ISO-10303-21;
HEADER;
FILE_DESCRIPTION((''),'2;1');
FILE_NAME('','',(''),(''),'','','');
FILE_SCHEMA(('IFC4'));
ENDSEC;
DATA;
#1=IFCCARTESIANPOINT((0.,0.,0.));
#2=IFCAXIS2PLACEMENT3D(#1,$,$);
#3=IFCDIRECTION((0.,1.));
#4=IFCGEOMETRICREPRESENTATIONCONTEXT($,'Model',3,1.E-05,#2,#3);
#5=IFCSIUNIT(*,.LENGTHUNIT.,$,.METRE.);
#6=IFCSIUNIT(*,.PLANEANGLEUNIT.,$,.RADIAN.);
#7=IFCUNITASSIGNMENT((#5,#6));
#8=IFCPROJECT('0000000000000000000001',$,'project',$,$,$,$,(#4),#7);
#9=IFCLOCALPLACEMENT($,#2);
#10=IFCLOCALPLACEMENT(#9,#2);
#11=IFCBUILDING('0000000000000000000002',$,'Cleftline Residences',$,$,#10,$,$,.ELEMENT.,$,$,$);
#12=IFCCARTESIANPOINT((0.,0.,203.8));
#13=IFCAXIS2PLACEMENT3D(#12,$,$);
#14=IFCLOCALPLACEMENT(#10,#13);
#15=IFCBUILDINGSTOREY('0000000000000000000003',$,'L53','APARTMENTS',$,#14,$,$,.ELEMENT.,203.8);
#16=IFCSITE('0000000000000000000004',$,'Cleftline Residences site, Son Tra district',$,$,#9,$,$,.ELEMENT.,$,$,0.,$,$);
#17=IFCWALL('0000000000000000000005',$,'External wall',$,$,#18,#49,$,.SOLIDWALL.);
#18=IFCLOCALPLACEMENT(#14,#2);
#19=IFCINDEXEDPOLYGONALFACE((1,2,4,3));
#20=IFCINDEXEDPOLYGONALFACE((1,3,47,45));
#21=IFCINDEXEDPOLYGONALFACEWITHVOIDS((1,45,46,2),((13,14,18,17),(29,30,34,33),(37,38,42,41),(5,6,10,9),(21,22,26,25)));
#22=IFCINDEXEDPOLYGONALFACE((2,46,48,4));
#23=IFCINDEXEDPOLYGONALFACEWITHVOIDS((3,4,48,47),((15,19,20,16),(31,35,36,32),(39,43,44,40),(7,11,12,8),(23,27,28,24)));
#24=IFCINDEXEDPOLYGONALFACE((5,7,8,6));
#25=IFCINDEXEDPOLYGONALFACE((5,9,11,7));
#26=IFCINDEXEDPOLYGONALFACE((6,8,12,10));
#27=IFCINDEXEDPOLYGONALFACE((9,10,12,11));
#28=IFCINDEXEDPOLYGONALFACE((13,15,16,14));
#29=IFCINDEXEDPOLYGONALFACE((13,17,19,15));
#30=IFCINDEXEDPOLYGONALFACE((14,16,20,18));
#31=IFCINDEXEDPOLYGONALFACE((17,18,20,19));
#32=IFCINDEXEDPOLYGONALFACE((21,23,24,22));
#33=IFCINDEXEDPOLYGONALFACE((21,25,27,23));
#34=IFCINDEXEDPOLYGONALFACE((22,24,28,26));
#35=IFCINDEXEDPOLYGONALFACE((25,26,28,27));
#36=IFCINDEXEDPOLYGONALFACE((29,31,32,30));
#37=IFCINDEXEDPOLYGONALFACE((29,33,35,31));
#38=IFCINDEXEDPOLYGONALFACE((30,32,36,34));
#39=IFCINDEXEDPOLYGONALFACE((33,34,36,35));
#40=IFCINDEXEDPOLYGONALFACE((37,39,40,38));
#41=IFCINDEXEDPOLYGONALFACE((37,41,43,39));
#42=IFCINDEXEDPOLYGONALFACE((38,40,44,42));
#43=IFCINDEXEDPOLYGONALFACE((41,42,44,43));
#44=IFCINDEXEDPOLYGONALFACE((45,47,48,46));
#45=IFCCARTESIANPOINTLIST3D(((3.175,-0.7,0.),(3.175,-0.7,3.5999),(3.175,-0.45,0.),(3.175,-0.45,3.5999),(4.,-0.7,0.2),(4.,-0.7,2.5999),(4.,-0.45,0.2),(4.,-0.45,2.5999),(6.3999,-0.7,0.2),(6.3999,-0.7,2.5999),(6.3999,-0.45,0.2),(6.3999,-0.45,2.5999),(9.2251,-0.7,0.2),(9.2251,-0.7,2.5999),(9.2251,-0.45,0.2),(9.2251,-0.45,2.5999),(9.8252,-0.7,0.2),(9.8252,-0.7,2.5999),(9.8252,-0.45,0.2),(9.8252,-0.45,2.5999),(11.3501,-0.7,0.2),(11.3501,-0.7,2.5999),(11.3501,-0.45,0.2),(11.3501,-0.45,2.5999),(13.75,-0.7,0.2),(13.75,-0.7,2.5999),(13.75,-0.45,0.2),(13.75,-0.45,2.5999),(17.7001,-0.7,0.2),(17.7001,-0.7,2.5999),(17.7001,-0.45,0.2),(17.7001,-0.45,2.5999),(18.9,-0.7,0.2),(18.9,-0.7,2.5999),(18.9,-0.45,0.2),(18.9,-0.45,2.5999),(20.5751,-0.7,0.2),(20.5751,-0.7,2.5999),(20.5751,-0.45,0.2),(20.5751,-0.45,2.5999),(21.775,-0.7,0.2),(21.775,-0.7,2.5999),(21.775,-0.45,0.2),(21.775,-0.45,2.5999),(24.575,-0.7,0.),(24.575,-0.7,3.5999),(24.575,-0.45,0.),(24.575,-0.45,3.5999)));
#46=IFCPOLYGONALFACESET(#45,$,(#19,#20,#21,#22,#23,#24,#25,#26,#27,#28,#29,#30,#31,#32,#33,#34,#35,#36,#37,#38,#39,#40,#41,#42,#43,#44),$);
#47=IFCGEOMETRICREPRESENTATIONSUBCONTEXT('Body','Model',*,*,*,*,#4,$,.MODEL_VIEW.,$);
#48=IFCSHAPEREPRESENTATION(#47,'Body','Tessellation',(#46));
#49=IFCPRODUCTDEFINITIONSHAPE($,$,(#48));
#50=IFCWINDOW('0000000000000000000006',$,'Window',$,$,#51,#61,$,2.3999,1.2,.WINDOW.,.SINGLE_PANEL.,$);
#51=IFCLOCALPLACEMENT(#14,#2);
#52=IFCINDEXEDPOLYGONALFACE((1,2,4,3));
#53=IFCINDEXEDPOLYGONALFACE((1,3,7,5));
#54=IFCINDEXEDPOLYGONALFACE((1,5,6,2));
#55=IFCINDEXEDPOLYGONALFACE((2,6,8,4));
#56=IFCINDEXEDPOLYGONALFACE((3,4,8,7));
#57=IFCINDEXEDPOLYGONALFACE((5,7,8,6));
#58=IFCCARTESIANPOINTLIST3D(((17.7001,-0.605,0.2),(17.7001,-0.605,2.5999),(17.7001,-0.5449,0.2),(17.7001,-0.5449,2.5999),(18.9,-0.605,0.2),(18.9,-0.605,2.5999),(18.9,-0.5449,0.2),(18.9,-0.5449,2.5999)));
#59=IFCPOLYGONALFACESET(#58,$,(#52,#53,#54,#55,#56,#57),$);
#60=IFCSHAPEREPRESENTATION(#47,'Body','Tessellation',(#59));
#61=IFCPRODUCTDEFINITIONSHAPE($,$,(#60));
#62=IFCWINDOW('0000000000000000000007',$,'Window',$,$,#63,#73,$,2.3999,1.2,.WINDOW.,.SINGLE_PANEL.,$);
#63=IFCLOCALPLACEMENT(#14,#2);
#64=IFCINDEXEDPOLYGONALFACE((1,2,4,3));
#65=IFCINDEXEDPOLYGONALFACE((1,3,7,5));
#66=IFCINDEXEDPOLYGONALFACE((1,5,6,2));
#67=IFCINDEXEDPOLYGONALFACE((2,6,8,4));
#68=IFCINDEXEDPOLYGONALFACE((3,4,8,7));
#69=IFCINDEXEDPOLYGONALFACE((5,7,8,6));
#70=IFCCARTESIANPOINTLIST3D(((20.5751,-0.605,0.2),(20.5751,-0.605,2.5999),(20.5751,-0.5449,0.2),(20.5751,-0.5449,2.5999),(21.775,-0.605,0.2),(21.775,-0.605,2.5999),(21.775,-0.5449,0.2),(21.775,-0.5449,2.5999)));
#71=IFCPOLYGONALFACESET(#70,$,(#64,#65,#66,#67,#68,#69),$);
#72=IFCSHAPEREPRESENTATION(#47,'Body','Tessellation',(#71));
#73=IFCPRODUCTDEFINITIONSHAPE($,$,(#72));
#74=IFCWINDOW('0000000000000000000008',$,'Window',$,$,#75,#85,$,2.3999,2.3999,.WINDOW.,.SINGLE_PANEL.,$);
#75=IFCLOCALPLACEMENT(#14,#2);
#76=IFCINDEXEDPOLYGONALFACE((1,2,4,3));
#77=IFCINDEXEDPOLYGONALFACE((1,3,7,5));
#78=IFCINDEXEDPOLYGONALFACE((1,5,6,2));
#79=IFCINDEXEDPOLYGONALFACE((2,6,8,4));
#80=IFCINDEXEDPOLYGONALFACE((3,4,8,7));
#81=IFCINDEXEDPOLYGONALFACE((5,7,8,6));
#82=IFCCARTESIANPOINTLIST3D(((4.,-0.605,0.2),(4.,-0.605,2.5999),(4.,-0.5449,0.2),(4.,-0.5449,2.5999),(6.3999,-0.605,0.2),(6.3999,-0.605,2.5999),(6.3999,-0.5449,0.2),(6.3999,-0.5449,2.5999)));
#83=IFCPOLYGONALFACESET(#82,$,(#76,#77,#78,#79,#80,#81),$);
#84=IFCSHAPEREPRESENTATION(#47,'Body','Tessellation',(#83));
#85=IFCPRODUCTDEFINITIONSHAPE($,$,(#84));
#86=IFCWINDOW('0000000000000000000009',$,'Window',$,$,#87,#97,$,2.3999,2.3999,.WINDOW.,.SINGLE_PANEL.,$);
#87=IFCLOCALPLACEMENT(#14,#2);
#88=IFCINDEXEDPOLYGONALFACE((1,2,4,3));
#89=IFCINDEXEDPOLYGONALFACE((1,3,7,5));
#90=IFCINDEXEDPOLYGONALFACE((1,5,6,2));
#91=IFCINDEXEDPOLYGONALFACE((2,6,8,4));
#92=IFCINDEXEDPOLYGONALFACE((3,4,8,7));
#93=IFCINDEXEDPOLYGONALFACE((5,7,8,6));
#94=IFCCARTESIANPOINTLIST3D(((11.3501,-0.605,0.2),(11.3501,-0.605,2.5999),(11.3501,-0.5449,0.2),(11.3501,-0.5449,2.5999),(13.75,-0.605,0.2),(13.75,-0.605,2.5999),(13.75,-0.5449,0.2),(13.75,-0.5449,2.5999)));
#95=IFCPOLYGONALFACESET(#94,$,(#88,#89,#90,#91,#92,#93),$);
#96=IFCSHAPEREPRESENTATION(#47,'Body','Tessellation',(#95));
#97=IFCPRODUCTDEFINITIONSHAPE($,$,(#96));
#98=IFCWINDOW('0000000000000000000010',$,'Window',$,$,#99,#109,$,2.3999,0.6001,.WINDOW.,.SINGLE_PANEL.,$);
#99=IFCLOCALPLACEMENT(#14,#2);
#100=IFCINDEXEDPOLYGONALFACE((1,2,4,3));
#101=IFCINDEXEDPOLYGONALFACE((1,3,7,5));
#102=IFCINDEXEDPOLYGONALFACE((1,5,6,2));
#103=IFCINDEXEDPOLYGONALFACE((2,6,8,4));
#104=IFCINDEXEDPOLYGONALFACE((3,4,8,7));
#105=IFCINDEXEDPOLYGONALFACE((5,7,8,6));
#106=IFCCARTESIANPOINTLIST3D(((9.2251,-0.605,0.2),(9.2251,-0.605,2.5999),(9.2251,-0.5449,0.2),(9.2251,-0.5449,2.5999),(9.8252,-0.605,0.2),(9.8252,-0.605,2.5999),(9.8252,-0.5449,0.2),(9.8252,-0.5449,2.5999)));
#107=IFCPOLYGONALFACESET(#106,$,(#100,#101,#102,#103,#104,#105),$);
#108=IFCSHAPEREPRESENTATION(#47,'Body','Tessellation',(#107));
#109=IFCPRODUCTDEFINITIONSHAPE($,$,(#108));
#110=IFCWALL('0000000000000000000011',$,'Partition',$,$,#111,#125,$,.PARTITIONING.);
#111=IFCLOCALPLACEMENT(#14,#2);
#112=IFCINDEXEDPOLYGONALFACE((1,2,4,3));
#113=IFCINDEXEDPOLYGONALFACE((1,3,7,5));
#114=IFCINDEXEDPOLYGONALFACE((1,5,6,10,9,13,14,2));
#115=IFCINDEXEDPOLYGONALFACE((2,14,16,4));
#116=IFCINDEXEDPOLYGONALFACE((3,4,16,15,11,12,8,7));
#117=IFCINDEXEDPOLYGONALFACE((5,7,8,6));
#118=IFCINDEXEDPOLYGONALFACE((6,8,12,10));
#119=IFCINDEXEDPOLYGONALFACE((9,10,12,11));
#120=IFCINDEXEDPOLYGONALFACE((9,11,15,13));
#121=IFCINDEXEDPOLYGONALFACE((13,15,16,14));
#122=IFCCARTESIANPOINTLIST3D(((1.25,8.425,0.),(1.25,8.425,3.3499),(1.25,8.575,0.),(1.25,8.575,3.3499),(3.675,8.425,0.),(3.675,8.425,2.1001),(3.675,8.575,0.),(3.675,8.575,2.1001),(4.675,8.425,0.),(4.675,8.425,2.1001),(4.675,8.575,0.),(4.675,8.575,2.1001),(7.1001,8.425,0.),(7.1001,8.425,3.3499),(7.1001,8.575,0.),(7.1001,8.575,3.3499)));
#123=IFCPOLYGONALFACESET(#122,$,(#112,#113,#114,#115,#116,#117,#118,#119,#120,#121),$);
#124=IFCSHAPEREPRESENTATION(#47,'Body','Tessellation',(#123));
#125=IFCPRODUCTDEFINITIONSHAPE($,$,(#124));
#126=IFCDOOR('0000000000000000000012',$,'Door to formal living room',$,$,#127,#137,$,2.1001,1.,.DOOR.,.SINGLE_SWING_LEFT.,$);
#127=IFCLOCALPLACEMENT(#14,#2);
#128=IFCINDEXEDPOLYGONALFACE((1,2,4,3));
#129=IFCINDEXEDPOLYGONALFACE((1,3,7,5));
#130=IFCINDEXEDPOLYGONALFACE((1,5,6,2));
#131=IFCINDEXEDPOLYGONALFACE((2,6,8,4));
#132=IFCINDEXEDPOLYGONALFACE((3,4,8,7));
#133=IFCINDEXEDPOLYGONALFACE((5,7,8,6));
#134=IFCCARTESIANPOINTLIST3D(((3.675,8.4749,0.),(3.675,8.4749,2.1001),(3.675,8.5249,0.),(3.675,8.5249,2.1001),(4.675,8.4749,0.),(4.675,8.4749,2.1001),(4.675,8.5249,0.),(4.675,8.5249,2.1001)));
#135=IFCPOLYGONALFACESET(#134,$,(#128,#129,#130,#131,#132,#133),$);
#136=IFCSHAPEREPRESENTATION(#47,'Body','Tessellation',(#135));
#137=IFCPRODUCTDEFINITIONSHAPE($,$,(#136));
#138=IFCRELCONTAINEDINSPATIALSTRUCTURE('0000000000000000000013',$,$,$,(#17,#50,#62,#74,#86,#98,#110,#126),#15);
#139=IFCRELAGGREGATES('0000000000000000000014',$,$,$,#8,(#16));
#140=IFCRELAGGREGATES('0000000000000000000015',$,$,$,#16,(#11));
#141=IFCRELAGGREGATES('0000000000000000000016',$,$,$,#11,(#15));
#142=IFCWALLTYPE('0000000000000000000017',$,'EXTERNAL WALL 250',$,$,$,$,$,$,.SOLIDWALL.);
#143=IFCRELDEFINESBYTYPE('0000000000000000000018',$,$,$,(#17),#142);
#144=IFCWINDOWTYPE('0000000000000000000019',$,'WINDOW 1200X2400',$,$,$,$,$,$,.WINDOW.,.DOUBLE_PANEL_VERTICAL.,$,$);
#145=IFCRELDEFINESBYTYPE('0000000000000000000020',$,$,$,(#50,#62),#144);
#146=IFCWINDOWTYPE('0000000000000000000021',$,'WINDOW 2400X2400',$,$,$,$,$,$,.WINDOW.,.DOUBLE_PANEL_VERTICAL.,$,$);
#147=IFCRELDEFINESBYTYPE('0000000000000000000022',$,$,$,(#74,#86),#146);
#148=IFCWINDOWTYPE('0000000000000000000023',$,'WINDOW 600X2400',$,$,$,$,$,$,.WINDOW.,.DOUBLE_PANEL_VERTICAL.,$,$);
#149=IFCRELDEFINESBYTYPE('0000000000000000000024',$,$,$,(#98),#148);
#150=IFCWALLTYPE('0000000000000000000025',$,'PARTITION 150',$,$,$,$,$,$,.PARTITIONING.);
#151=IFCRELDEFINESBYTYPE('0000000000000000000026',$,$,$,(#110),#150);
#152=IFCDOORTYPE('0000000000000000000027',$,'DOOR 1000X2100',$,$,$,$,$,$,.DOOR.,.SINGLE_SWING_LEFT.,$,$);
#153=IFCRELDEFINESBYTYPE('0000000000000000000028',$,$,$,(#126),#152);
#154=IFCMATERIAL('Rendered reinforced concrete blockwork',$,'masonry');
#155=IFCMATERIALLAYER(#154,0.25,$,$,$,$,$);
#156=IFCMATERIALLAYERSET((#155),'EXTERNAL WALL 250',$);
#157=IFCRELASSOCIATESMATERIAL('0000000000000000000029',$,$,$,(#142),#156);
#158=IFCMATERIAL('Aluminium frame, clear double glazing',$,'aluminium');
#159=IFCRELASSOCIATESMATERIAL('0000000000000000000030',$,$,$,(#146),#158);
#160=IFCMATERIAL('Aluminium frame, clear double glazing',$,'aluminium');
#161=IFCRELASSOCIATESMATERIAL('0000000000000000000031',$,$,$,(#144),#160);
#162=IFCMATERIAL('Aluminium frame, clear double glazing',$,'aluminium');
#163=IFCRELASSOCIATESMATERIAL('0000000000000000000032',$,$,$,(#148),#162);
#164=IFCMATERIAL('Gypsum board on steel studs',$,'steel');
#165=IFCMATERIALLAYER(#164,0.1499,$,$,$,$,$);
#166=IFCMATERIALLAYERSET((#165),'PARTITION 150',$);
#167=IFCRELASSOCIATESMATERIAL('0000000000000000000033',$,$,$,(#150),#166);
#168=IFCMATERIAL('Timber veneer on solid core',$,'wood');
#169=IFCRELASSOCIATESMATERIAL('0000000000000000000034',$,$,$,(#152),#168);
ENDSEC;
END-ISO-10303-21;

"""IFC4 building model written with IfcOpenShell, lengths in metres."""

from ifc_helpers import new_model, si_unit, direction, frame, frame_2d, origin, place, context, subcontext, project, spatial, rectangle, extrude, material, layer, layer_set, type_object, element, fill, save


model = new_model("IFC4")

# Units and contexts
model_context = context("Model", 3, precision=1e-05, world=origin(), true_north=direction((0.0, 1.0)))
body_context = subcontext(model_context, "Body", "Model", "MODEL_VIEW")
ifc_project = project(units=[si_unit("LENGTHUNIT", "METRE"), si_unit("PLANEANGLEUNIT", "RADIAN")], contexts=[model_context])

# Site, building, storey
site_placement = place(None, origin())
site = spatial("IfcSite", under=ifc_project, at=site_placement, Name="Cleftline Residences site, Son Tra district", CompositionType="ELEMENT", RefElevation=0.0)
building_placement = place(site_placement, origin())
building = spatial("IfcBuilding", under=site, at=building_placement, Name="Cleftline Residences", CompositionType="ELEMENT")
storey_placement = place(building_placement, frame((0.0, 0.0, 203.8)))
storey = spatial("IfcBuildingStorey", under=building, at=storey_placement, Name="L53", Description="APARTMENTS", CompositionType="ELEMENT", Elevation=203.8)

# Shared definitions
ifc_material_1 = material(Name="Rendered reinforced concrete blockwork", Category="masonry")
ifc_layer_1 = layer(ifc_material_1, 0.25)
ifc_layer_set_1 = layer_set([ifc_layer_1], Name="EXTERNAL WALL 250")
wall_type_1 = type_object("IfcWallType", Name="EXTERNAL WALL 250", PredefinedType="SOLIDWALL", material=ifc_layer_set_1)
ifc_material_2 = material(Name="Aluminium frame, clear double glazing", Category="aluminium")
window_type_1 = type_object("IfcWindowType", Name="WINDOW 2400X2400", PartitioningType="DOUBLE_PANEL_VERTICAL", PredefinedType="WINDOW", material=ifc_material_2)

# Wall, openings, windows
wall_1_placement = place(storey_placement, frame((3.175, -0.575, 0.0), z_axis=(0.0, 0.0, 1.0), x_axis=(1.0, 0.0, 0.0)))
wall_1 = element("IfcWall", 1, at=wall_1_placement, inside=storey, type_object=wall_type_1, Name="External wall", PredefinedType="SOLIDWALL", context=body_context, shape_type="SweptSolid", body=[
    extrude(rectangle(XDim=21.3999, YDim=0.25, at=frame_2d((10.7, 0.0))), origin(), (0.0, 0.0, 1.0), 3.5999),
])
opening_1_placement = place(wall_1_placement, frame((0.825, 0.0, 0.2)))
opening_1 = element("IfcOpeningElement", 2, at=opening_1_placement, cuts=wall_1, PredefinedType="OPENING", context=body_context, shape_type="SweptSolid", body=[
    extrude(rectangle(XDim=2.3999, YDim=2.3999, at=frame_2d((1.2, 1.2))), frame((0.0, 0.135, 0.0), z_axis=(0.0, -1.0, 0.0), x_axis=(1.0, 0.0, 0.0)), (0.0, 0.0, 1.0), 0.27),
])
opening_2_placement = place(wall_1_placement, frame((6.05, 0.0, 0.2)))
opening_2 = element("IfcOpeningElement", 3, at=opening_2_placement, cuts=wall_1, PredefinedType="OPENING", context=body_context, shape_type="SweptSolid", body=[
    extrude(rectangle(XDim=0.6001, YDim=2.3999, at=frame_2d((0.3, 1.2))), frame((0.0, 0.135, 0.0), z_axis=(0.0, -1.0, 0.0), x_axis=(1.0, 0.0, 0.0)), (0.0, 0.0, 1.0), 0.27),
])
opening_3_placement = place(wall_1_placement, frame((8.175, 0.0, 0.2)))
opening_3 = element("IfcOpeningElement", 4, at=opening_3_placement, cuts=wall_1, PredefinedType="OPENING", context=body_context, shape_type="SweptSolid", body=[
    extrude(rectangle(XDim=2.3999, YDim=2.3999, at=frame_2d((1.2, 1.2))), frame((0.0, 0.135, 0.0), z_axis=(0.0, -1.0, 0.0), x_axis=(1.0, 0.0, 0.0)), (0.0, 0.0, 1.0), 0.27),
])
opening_4_placement = place(wall_1_placement, frame((14.5249, 0.0, 0.2)))
opening_4 = element("IfcOpeningElement", 5, at=opening_4_placement, cuts=wall_1, PredefinedType="OPENING", context=body_context, shape_type="SweptSolid", body=[
    extrude(rectangle(XDim=1.2, YDim=2.3999, at=frame_2d((0.6001, 1.2))), frame((0.0, 0.135, 0.0), z_axis=(0.0, -1.0, 0.0), x_axis=(1.0, 0.0, 0.0)), (0.0, 0.0, 1.0), 0.27),
])
opening_5_placement = place(wall_1_placement, frame((17.3999, 0.0, 0.2)))
opening_5 = element("IfcOpeningElement", 6, at=opening_5_placement, cuts=wall_1, PredefinedType="OPENING", context=body_context, shape_type="SweptSolid", body=[
    extrude(rectangle(XDim=1.2, YDim=2.3999, at=frame_2d((0.6001, 1.2))), frame((0.0, 0.135, 0.0), z_axis=(0.0, -1.0, 0.0), x_axis=(1.0, 0.0, 0.0)), (0.0, 0.0, 1.0), 0.27),
])
ifc_material_3 = material(Name="Aluminium frame, clear double glazing", Category="aluminium")
window_type_2 = type_object("IfcWindowType", Name="WINDOW 1200X2400", PartitioningType="DOUBLE_PANEL_VERTICAL", PredefinedType="WINDOW", material=ifc_material_3)
window_1_placement = place(opening_4_placement, origin())
window_1 = element("IfcWindow", 7, at=window_1_placement, inside=storey, type_object=window_type_2, Name="Window", OverallHeight=2.3999, OverallWidth=1.2, PartitioningType="SINGLE_PANEL", PredefinedType="WINDOW", context=body_context, shape_type="SweptSolid", body=[
    extrude(rectangle(XDim=1.2, YDim=2.3999, at=frame_2d((0.6001, 1.2))), frame((0.0, 0.03, 0.0), z_axis=(0.0, -1.0, 0.0), x_axis=(1.0, 0.0, 0.0)), (0.0, 0.0, 1.0), 0.0601),
])
fill(opening_4, window_1)
window_2_placement = place(opening_5_placement, origin())
window_2 = element("IfcWindow", 8, at=window_2_placement, inside=storey, type_object=window_type_2, Name="Window", OverallHeight=2.3999, OverallWidth=1.2, PartitioningType="SINGLE_PANEL", PredefinedType="WINDOW", context=body_context, shape_type="SweptSolid", body=[
    extrude(rectangle(XDim=1.2, YDim=2.3999, at=frame_2d((0.6001, 1.2))), frame((0.0, 0.03, 0.0), z_axis=(0.0, -1.0, 0.0), x_axis=(1.0, 0.0, 0.0)), (0.0, 0.0, 1.0), 0.0601),
])
fill(opening_5, window_2)
window_3_placement = place(opening_1_placement, origin())
window_3 = element("IfcWindow", 9, at=window_3_placement, inside=storey, type_object=window_type_1, Name="Window", OverallHeight=2.3999, OverallWidth=2.3999, PartitioningType="SINGLE_PANEL", PredefinedType="WINDOW", context=body_context, shape_type="SweptSolid", body=[
    extrude(rectangle(XDim=2.3999, YDim=2.3999, at=frame_2d((1.2, 1.2))), frame((0.0, 0.03, 0.0), z_axis=(0.0, -1.0, 0.0), x_axis=(1.0, 0.0, 0.0)), (0.0, 0.0, 1.0), 0.0601),
])
fill(opening_1, window_3)
window_4_placement = place(opening_3_placement, origin())
window_4 = element("IfcWindow", 10, at=window_4_placement, inside=storey, type_object=window_type_1, Name="Window", OverallHeight=2.3999, OverallWidth=2.3999, PartitioningType="SINGLE_PANEL", PredefinedType="WINDOW", context=body_context, shape_type="SweptSolid", body=[
    extrude(rectangle(XDim=2.3999, YDim=2.3999, at=frame_2d((1.2, 1.2))), frame((0.0, 0.03, 0.0), z_axis=(0.0, -1.0, 0.0), x_axis=(1.0, 0.0, 0.0)), (0.0, 0.0, 1.0), 0.0601),
])
fill(opening_3, window_4)
ifc_material_4 = material(Name="Aluminium frame, clear double glazing", Category="aluminium")
window_type_3 = type_object("IfcWindowType", Name="WINDOW 600X2400", PartitioningType="DOUBLE_PANEL_VERTICAL", PredefinedType="WINDOW", material=ifc_material_4)
window_5_placement = place(opening_2_placement, origin())
window_5 = element("IfcWindow", 11, at=window_5_placement, inside=storey, type_object=window_type_3, Name="Window", OverallHeight=2.3999, OverallWidth=0.6001, PartitioningType="SINGLE_PANEL", PredefinedType="WINDOW", context=body_context, shape_type="SweptSolid", body=[
    extrude(rectangle(XDim=0.6001, YDim=2.3999, at=frame_2d((0.3, 1.2))), frame((0.0, 0.03, 0.0), z_axis=(0.0, -1.0, 0.0), x_axis=(1.0, 0.0, 0.0)), (0.0, 0.0, 1.0), 0.0601),
])
fill(opening_2, window_5)

# Wall, opening, door
ifc_material_5 = material(Name="Gypsum board on steel studs", Category="steel")
ifc_layer_2 = layer(ifc_material_5, 0.1499)
ifc_layer_set_2 = layer_set([ifc_layer_2], Name="PARTITION 150")
wall_type_2 = type_object("IfcWallType", Name="PARTITION 150", PredefinedType="PARTITIONING", material=ifc_layer_set_2)
wall_2_placement = place(storey_placement, frame((1.25, 8.5, 0.0), z_axis=(0.0, 0.0, 1.0), x_axis=(1.0, 0.0, 0.0)))
wall_2 = element("IfcWall", 12, at=wall_2_placement, inside=storey, type_object=wall_type_2, Name="Partition", PredefinedType="PARTITIONING", context=body_context, shape_type="SweptSolid", body=[
    extrude(rectangle(XDim=5.8501, YDim=0.1499, at=frame_2d((2.925, 0.0))), origin(), (0.0, 0.0, 1.0), 3.3499),
])
opening_6_placement = place(wall_2_placement, frame((2.425, 0.0, 0.0)))
opening_6 = element("IfcOpeningElement", 13, at=opening_6_placement, cuts=wall_2, PredefinedType="OPENING", context=body_context, shape_type="SweptSolid", body=[
    extrude(rectangle(XDim=1.0, YDim=2.1001, at=frame_2d((0.5, 1.05))), frame((0.0, 0.085, 0.0), z_axis=(0.0, -1.0, 0.0), x_axis=(1.0, 0.0, 0.0)), (0.0, 0.0, 1.0), 0.1699),
])
ifc_material_6 = material(Name="Timber veneer on solid core", Category="wood")
door_type_1 = type_object("IfcDoorType", Name="DOOR 1000X2100", OperationType="SINGLE_SWING_LEFT", PredefinedType="DOOR", material=ifc_material_6)
door_1_placement = place(opening_6_placement, origin())
door_1 = element("IfcDoor", 14, at=door_1_placement, inside=storey, type_object=door_type_1, Name="Door to formal living room", OperationType="SINGLE_SWING_LEFT", OverallHeight=2.1001, OverallWidth=1.0, PredefinedType="DOOR", context=body_context, shape_type="SweptSolid", body=[
    extrude(rectangle(XDim=1.0, YDim=2.1001, at=frame_2d((0.5, 1.05))), frame((0.0, 0.0249, 0.0), z_axis=(0.0, -1.0, 0.0), x_axis=(1.0, 0.0, 0.0)), (0.0, 0.0, 1.0), 0.05),
])
fill(opening_6, door_1)

save(model, "model.ifc")
